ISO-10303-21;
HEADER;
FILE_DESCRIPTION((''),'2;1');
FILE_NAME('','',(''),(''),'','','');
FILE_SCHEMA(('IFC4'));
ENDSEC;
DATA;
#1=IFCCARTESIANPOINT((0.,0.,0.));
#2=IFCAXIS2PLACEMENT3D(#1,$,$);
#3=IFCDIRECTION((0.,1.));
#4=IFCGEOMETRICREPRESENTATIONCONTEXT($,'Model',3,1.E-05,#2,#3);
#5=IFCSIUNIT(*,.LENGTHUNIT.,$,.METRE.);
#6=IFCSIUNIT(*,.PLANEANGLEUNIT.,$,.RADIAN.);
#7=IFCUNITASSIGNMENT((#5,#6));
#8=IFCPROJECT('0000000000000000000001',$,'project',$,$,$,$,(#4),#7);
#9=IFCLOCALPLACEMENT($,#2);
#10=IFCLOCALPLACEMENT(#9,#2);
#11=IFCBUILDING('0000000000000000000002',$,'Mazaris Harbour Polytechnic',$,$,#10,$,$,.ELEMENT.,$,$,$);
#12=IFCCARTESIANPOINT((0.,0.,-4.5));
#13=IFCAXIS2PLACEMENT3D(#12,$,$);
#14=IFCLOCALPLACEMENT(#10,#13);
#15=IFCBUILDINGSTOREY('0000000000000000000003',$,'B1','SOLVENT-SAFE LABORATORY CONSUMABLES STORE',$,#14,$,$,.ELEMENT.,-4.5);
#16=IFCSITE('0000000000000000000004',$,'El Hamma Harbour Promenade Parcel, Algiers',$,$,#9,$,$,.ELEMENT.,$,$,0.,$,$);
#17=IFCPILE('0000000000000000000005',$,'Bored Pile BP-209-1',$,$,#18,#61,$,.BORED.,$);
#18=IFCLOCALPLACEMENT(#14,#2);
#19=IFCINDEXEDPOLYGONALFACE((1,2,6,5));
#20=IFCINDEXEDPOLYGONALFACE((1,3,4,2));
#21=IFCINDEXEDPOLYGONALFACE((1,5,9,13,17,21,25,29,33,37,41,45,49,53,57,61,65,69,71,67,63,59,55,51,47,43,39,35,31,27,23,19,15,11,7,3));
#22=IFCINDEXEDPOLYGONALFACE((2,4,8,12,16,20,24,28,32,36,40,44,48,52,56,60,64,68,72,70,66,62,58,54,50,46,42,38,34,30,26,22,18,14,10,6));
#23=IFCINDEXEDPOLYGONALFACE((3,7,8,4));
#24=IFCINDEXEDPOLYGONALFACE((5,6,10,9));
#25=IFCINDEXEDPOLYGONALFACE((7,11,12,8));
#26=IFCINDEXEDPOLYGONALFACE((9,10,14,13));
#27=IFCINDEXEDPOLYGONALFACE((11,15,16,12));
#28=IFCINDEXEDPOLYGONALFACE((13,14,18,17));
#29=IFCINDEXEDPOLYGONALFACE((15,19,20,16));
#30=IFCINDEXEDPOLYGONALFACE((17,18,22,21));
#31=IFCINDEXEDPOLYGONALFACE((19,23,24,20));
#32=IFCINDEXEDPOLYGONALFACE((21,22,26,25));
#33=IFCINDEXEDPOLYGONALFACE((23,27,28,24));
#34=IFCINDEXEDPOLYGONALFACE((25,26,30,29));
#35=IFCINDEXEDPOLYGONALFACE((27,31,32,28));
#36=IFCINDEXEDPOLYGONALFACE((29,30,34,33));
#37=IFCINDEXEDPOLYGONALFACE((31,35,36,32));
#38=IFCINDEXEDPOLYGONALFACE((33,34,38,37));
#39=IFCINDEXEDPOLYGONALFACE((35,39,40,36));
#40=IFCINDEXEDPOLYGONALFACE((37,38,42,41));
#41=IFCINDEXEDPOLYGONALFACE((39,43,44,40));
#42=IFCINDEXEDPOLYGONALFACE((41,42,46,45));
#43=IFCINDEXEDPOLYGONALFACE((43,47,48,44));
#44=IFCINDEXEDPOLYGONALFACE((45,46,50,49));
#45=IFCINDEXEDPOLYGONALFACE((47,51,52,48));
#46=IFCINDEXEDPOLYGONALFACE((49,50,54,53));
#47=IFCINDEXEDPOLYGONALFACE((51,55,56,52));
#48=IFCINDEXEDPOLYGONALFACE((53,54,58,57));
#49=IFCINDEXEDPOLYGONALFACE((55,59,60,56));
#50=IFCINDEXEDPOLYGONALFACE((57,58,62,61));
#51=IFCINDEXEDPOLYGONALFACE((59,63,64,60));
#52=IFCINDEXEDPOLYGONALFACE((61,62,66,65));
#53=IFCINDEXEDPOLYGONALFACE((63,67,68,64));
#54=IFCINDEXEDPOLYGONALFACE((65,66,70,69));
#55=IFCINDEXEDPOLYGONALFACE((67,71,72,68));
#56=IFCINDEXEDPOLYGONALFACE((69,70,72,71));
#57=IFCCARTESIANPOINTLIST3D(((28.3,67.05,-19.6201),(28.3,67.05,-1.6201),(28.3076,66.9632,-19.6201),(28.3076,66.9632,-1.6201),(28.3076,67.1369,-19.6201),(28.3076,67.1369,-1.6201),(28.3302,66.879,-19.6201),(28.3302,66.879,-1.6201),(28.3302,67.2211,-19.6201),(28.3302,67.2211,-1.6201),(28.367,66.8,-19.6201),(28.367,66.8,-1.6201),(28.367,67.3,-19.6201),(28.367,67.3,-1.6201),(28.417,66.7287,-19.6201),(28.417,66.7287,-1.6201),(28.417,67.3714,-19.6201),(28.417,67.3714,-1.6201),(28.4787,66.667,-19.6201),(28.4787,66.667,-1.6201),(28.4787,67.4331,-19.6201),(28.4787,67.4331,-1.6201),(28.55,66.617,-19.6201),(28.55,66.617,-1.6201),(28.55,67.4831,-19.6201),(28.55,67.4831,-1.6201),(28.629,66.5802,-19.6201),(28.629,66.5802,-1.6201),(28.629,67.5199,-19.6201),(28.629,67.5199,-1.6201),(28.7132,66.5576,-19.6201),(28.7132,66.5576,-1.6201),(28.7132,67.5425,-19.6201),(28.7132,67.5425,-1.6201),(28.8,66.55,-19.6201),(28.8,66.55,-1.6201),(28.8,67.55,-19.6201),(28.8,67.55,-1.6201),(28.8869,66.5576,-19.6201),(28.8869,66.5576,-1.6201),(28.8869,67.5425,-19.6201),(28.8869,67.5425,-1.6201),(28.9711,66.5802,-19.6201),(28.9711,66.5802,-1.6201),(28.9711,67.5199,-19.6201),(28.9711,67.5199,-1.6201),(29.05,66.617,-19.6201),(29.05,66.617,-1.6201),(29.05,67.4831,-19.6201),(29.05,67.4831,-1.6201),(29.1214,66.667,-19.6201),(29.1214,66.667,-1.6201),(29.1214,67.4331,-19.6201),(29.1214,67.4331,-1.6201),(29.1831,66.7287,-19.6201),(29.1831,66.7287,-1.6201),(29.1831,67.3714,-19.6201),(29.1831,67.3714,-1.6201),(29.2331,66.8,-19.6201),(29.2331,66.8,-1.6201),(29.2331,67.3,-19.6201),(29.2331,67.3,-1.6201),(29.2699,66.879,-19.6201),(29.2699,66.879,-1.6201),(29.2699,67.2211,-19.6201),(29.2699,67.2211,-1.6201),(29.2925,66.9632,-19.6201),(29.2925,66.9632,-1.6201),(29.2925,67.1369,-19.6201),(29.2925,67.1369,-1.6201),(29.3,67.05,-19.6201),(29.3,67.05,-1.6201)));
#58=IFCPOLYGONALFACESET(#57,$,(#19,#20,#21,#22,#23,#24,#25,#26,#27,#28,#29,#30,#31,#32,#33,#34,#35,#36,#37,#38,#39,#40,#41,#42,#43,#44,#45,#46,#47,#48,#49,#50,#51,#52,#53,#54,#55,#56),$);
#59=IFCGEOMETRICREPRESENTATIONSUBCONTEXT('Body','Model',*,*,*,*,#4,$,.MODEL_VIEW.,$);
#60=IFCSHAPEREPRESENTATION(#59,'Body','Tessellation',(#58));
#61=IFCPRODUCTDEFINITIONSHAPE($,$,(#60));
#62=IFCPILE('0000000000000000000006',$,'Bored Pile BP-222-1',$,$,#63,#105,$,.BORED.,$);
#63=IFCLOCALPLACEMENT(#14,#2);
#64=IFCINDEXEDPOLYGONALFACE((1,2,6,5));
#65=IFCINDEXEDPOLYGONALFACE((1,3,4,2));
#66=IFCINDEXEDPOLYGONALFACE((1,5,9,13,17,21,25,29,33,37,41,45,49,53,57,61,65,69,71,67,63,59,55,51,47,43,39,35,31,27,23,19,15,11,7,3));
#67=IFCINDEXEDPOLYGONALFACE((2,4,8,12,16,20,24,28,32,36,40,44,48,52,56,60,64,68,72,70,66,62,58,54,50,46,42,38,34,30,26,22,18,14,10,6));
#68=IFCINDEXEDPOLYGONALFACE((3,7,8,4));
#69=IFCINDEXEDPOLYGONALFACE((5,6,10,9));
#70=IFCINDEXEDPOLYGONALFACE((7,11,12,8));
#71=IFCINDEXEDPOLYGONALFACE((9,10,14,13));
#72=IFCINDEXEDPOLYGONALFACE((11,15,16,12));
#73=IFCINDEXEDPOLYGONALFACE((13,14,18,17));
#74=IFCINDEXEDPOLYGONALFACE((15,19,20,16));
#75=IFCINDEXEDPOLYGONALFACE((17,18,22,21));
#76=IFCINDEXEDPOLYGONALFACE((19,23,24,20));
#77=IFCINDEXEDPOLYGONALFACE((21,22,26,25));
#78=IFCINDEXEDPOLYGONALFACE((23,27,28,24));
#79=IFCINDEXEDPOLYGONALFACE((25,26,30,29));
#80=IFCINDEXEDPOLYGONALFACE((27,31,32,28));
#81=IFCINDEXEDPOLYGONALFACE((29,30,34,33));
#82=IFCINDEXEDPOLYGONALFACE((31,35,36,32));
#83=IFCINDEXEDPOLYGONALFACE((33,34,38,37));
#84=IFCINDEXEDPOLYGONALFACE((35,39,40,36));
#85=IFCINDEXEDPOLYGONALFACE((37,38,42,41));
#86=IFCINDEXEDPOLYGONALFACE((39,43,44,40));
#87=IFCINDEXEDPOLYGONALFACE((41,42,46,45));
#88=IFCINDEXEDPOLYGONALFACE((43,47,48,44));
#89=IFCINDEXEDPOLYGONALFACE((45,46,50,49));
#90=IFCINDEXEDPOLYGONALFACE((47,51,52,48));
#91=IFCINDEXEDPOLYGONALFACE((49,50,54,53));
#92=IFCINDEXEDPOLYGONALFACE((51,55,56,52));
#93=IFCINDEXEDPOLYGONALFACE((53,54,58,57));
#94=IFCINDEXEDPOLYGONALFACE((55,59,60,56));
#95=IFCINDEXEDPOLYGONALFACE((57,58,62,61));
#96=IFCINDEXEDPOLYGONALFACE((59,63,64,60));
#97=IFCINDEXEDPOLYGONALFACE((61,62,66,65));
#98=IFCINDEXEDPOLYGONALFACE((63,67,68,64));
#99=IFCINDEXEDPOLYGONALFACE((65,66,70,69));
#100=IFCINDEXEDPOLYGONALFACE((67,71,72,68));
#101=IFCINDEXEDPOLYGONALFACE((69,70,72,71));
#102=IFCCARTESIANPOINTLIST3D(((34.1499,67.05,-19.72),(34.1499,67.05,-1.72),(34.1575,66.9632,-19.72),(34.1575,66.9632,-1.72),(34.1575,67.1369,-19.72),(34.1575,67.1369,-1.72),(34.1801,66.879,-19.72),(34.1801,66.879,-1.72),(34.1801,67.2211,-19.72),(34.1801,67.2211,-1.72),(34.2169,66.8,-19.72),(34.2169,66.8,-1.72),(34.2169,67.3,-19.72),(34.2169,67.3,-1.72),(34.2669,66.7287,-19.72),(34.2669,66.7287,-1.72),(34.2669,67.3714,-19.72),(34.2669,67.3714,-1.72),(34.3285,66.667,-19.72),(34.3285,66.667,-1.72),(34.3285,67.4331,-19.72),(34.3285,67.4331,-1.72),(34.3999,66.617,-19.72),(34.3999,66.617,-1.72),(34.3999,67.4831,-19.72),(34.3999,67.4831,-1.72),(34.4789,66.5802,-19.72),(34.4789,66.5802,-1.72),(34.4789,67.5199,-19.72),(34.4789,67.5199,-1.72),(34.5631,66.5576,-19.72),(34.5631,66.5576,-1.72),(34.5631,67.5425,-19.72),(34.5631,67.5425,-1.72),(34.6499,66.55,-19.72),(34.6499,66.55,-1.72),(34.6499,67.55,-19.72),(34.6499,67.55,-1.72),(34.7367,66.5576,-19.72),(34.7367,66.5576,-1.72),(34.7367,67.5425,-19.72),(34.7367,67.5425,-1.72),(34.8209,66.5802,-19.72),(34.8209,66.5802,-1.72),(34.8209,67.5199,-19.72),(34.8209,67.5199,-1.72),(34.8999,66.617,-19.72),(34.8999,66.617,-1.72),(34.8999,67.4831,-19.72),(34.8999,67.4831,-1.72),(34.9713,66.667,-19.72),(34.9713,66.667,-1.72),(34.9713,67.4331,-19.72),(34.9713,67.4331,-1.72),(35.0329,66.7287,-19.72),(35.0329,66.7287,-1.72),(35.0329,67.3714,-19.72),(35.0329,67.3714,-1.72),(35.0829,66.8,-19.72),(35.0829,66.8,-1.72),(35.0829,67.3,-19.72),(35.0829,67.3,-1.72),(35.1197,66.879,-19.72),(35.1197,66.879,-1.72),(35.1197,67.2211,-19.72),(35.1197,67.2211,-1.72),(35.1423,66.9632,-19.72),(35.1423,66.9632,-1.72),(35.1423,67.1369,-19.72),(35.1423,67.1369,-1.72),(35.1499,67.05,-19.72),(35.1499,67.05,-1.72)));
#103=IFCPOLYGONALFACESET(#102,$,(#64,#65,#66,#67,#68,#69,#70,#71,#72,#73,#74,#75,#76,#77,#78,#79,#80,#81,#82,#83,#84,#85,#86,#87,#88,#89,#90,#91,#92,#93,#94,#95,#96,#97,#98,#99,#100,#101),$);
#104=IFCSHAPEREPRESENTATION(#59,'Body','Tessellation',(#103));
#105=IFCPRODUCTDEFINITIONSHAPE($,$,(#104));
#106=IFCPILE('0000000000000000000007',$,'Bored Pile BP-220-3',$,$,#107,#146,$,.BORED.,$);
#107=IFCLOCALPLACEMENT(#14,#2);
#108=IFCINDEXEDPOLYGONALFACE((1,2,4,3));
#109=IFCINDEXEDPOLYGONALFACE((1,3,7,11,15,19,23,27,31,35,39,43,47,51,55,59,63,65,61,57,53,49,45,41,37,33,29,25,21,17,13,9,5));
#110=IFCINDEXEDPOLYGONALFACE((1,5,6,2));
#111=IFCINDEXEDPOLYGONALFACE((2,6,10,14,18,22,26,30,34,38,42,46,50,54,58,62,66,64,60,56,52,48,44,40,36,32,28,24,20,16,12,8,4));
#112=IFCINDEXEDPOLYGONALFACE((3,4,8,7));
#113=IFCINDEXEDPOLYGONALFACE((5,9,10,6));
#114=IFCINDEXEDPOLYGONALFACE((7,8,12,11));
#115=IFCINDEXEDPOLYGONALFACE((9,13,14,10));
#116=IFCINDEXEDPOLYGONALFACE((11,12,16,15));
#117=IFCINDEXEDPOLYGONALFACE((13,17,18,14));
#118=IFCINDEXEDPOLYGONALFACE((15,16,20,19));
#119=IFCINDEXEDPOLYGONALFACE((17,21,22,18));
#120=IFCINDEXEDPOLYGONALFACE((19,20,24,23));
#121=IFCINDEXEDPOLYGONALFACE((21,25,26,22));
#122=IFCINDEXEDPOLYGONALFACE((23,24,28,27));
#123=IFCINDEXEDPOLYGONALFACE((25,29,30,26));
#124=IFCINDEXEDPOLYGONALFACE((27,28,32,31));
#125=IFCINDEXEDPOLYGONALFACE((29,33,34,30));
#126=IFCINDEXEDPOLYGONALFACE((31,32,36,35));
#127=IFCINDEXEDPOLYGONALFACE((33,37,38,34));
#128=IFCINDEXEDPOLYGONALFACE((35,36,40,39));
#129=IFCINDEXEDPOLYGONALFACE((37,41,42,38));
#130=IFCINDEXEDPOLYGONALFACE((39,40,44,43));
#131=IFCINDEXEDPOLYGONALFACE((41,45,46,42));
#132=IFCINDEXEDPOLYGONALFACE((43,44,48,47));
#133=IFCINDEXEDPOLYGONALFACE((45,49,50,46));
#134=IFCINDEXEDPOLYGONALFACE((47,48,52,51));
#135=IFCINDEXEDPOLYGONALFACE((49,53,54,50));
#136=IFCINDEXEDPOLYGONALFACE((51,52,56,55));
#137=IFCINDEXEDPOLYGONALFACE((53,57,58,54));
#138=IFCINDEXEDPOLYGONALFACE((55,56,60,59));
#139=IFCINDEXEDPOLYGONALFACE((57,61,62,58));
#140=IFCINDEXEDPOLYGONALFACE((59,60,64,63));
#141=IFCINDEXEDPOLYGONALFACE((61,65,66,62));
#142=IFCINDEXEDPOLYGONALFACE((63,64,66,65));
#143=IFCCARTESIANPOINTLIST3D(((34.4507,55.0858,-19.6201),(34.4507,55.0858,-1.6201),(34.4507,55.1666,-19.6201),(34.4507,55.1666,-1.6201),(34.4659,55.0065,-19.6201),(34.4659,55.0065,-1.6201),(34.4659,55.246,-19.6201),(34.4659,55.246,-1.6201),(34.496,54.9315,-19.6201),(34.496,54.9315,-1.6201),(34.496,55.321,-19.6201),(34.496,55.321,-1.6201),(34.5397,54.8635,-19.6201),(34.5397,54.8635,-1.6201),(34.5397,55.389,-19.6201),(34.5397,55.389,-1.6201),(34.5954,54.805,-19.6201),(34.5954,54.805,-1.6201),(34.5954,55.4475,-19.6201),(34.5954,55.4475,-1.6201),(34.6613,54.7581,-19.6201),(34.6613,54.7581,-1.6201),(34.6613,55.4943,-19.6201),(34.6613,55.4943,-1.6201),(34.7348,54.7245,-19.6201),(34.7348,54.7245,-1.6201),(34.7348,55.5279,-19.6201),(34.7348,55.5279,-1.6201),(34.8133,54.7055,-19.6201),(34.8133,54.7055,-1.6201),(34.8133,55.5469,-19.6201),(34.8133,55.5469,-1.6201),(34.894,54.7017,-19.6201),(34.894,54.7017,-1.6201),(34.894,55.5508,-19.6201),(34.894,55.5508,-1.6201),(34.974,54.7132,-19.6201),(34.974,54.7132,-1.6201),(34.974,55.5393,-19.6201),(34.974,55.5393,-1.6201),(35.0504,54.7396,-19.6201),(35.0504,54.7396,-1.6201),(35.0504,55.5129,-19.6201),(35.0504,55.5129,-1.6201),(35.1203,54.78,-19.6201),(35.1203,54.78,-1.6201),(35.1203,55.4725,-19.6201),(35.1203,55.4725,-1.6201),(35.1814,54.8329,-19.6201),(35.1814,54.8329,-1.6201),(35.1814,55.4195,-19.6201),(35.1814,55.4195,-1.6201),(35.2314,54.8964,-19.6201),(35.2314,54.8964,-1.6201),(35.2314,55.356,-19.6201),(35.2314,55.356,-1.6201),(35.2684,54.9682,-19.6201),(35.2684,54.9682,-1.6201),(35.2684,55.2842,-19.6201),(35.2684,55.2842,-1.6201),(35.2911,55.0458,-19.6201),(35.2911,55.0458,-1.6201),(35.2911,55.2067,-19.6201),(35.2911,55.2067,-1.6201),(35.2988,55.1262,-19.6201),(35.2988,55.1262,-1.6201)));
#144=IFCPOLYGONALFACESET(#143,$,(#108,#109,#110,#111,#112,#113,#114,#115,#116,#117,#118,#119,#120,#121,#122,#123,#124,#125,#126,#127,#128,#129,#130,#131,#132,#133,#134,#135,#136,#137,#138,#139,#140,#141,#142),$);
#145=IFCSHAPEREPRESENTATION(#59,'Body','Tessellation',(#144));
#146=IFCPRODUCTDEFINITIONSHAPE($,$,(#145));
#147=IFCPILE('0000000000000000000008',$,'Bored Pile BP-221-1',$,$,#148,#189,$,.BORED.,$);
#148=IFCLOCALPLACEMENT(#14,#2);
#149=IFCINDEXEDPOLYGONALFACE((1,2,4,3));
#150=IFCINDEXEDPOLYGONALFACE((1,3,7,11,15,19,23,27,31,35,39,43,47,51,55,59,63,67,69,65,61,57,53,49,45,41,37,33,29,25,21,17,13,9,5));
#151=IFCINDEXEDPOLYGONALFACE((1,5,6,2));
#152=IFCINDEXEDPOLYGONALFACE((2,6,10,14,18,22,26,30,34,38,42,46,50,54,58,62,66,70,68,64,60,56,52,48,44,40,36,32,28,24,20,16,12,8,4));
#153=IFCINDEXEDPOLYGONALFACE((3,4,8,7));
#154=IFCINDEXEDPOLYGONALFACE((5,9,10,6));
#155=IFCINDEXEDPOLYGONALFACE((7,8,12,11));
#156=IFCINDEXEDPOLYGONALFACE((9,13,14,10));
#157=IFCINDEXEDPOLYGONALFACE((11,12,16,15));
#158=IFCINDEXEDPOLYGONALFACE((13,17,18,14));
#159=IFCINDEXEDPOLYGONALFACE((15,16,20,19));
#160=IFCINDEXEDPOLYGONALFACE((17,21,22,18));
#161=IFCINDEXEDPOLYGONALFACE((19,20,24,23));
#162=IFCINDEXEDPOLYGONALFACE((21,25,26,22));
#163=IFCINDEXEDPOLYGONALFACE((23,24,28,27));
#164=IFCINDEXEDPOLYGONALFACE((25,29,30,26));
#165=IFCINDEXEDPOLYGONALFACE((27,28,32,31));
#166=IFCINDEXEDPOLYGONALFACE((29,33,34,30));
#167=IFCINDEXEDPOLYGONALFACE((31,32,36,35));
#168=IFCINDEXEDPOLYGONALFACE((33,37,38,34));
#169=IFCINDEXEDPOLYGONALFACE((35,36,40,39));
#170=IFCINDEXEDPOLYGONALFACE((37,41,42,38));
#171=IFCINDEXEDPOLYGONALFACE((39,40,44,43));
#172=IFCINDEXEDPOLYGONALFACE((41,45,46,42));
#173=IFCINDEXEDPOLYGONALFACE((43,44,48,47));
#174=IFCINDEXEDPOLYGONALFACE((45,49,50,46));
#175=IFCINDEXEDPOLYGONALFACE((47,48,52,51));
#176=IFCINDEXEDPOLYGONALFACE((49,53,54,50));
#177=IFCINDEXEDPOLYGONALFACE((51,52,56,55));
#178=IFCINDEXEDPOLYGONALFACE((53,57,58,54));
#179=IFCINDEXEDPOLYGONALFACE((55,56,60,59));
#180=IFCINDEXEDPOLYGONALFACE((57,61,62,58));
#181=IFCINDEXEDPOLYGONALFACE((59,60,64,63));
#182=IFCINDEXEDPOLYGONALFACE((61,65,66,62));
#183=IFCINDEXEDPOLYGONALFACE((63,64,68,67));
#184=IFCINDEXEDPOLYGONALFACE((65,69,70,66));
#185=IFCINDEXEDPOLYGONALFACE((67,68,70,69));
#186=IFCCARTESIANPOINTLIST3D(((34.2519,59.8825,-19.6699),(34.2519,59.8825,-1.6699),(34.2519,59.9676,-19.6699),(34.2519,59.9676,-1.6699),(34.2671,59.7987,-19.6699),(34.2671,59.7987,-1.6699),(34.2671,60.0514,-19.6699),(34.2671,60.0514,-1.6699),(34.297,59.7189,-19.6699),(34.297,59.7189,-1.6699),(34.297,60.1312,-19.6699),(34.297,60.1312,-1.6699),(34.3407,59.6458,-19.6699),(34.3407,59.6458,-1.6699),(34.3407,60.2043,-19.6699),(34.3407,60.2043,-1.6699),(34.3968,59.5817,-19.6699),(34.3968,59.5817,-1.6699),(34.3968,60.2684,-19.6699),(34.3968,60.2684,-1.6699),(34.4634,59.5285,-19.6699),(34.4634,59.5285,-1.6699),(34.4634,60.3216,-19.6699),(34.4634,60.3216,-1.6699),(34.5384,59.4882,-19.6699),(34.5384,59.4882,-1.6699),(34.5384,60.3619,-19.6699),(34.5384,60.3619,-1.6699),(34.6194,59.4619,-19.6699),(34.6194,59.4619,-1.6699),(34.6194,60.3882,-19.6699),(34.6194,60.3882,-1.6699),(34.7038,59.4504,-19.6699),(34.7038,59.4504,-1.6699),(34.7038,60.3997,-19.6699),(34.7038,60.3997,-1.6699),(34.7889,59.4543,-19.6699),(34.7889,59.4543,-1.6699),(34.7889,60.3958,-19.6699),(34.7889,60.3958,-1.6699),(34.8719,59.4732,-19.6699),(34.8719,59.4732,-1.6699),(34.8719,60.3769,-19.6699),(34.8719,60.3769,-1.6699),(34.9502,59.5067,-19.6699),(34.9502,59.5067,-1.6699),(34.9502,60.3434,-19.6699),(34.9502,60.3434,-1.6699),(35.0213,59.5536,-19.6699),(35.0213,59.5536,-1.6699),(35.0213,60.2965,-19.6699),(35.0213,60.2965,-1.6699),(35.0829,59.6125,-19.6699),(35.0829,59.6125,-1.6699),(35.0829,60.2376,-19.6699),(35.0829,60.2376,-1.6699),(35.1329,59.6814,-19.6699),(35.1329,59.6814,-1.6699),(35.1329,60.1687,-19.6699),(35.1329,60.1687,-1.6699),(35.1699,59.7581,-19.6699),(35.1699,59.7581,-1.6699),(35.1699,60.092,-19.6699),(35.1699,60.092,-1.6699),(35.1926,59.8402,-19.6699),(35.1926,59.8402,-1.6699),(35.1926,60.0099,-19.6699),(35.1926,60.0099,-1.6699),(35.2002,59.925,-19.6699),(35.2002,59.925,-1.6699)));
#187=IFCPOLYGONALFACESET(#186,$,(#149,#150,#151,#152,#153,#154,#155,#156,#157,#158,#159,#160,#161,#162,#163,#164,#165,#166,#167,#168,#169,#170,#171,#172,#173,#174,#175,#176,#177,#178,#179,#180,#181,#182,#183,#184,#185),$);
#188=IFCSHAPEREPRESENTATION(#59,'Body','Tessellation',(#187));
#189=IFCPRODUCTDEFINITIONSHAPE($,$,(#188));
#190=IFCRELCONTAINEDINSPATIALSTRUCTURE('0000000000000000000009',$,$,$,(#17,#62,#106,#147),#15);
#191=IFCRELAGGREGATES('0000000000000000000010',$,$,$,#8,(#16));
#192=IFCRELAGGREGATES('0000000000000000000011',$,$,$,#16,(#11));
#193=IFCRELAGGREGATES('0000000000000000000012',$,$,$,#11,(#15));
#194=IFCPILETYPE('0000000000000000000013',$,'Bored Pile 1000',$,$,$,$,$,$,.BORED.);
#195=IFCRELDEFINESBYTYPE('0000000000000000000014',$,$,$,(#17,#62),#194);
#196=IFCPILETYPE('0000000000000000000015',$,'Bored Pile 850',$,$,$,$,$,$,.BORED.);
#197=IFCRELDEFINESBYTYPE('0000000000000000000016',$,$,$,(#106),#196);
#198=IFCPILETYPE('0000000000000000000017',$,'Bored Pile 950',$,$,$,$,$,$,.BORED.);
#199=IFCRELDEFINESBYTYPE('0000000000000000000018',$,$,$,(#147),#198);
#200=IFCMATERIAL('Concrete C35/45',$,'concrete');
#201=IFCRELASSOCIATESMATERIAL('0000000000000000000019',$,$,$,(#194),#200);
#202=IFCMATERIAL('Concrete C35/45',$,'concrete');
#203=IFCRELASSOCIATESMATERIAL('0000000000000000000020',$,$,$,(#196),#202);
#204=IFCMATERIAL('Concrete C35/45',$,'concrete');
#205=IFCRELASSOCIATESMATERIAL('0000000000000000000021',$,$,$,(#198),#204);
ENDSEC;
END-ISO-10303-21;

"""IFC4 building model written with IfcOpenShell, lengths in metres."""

from ifc_helpers import new_model, si_unit, direction, frame, origin, origin_2d, place, context, subcontext, project, spatial, circle, extrude, material, material_profile, profile_set, type_object, element, save


model = new_model("IFC4")

# Units and contexts
model_context = context("Model", 3, precision=1e-05, world=origin(), true_north=direction((0.0, 1.0)))
body_context = subcontext(model_context, "Body", "Model", "MODEL_VIEW")
ifc_project = project(units=[si_unit("LENGTHUNIT", "METRE"), si_unit("PLANEANGLEUNIT", "RADIAN")], contexts=[model_context])

# Site, building, storey
site_placement = place(None, origin())
site = spatial("IfcSite", under=ifc_project, at=site_placement, Name="El Hamma Harbour Promenade Parcel, Algiers", CompositionType="ELEMENT", RefElevation=0.0)
building_placement = place(site_placement, origin())
building = spatial("IfcBuilding", under=site, at=building_placement, Name="Mazaris Harbour Polytechnic", CompositionType="ELEMENT")
storey_placement = place(building_placement, frame((0.0, 0.0, -4.5)))
storey = spatial("IfcBuildingStorey", under=building, at=storey_placement, Name="B1", Description="SOLVENT-SAFE LABORATORY CONSUMABLES STORE", CompositionType="ELEMENT", Elevation=-4.5)

# Piles
ifc_material_1 = material(Name="Concrete C35/45", Category="concrete")
ifc_material_profile_1 = material_profile(ifc_material_1, circle(Radius=0.5, at=origin_2d()), Name="DIA1000")
ifc_profile_set_1 = profile_set([ifc_material_profile_1], Name="Concrete C35/45")
pile_type_1 = type_object("IfcPileType", Name="Bored Pile 1000", PredefinedType="BORED", material=ifc_profile_set_1)
for number, where, z_axis, x_axis, name in (
    (1, (28.8, 67.05, -1.6201), (0.0, 0.0, -1.0), (1.0, 0.0, 0.0), "Bored Pile BP-209-1"),
    (2, (34.6499, 67.05, -1.72), (0.0, 0.0, -1.0), (1.0, 0.0, 0.0), "Bored Pile BP-222-1"),
):
    element("IfcPile", number, at=place(storey_placement, frame(where, z_axis=z_axis, x_axis=x_axis)), inside=storey, type_object=pile_type_1, Name=name, PredefinedType="BORED", context=body_context, shape_type="SweptSolid", body=[
        extrude(circle(Radius=0.5, at=origin_2d()), origin(), (0.0, 0.0, 1.0), 18.0),
    ])
ifc_material_2 = material(Name="Concrete C35/45", Category="concrete")
ifc_material_profile_2 = material_profile(ifc_material_2, circle(Radius=0.425, at=origin_2d()), Name="DIA850")
ifc_profile_set_2 = profile_set([ifc_material_profile_2], Name="Concrete C35/45")
pile_type_2 = type_object("IfcPileType", Name="Bored Pile 850", PredefinedType="BORED", material=ifc_profile_set_2)
pile_placement = place(storey_placement, frame((34.8738, 55.1262, -1.6201), z_axis=(0.0, 0.0, -1.0), x_axis=(1.0, 0.0, 0.0)))
element("IfcPile", 3, at=pile_placement, inside=storey, type_object=pile_type_2, Name="Bored Pile BP-220-3", PredefinedType="BORED", context=body_context, shape_type="SweptSolid", body=[
    extrude(circle(Radius=0.425, at=origin_2d()), origin(), (0.0, 0.0, 1.0), 18.0),
])
ifc_material_3 = material(Name="Concrete C35/45", Category="concrete")
ifc_material_profile_3 = material_profile(ifc_material_3, circle(Radius=0.4751, at=origin_2d()), Name="DIA950")
ifc_profile_set_3 = profile_set([ifc_material_profile_3], Name="Concrete C35/45")
pile_type_3 = type_object("IfcPileType", Name="Bored Pile 950", PredefinedType="BORED", material=ifc_profile_set_3)
for number, where, z_axis, x_axis, name in (
    (4, (34.7251, 59.925, -1.6699), (0.0, 0.0, -1.0), (1.0, 0.0, 0.0), "Bored Pile BP-221-1"),
):
    element("IfcPile", number, at=place(storey_placement, frame(where, z_axis=z_axis, x_axis=x_axis)), inside=storey, type_object=pile_type_3, Name=name, PredefinedType="BORED", context=body_context, shape_type="SweptSolid", body=[
        extrude(circle(Radius=0.4751, at=origin_2d()), origin(), (0.0, 0.0, 1.0), 18.0),
    ])

save(model, "model.ifc")
